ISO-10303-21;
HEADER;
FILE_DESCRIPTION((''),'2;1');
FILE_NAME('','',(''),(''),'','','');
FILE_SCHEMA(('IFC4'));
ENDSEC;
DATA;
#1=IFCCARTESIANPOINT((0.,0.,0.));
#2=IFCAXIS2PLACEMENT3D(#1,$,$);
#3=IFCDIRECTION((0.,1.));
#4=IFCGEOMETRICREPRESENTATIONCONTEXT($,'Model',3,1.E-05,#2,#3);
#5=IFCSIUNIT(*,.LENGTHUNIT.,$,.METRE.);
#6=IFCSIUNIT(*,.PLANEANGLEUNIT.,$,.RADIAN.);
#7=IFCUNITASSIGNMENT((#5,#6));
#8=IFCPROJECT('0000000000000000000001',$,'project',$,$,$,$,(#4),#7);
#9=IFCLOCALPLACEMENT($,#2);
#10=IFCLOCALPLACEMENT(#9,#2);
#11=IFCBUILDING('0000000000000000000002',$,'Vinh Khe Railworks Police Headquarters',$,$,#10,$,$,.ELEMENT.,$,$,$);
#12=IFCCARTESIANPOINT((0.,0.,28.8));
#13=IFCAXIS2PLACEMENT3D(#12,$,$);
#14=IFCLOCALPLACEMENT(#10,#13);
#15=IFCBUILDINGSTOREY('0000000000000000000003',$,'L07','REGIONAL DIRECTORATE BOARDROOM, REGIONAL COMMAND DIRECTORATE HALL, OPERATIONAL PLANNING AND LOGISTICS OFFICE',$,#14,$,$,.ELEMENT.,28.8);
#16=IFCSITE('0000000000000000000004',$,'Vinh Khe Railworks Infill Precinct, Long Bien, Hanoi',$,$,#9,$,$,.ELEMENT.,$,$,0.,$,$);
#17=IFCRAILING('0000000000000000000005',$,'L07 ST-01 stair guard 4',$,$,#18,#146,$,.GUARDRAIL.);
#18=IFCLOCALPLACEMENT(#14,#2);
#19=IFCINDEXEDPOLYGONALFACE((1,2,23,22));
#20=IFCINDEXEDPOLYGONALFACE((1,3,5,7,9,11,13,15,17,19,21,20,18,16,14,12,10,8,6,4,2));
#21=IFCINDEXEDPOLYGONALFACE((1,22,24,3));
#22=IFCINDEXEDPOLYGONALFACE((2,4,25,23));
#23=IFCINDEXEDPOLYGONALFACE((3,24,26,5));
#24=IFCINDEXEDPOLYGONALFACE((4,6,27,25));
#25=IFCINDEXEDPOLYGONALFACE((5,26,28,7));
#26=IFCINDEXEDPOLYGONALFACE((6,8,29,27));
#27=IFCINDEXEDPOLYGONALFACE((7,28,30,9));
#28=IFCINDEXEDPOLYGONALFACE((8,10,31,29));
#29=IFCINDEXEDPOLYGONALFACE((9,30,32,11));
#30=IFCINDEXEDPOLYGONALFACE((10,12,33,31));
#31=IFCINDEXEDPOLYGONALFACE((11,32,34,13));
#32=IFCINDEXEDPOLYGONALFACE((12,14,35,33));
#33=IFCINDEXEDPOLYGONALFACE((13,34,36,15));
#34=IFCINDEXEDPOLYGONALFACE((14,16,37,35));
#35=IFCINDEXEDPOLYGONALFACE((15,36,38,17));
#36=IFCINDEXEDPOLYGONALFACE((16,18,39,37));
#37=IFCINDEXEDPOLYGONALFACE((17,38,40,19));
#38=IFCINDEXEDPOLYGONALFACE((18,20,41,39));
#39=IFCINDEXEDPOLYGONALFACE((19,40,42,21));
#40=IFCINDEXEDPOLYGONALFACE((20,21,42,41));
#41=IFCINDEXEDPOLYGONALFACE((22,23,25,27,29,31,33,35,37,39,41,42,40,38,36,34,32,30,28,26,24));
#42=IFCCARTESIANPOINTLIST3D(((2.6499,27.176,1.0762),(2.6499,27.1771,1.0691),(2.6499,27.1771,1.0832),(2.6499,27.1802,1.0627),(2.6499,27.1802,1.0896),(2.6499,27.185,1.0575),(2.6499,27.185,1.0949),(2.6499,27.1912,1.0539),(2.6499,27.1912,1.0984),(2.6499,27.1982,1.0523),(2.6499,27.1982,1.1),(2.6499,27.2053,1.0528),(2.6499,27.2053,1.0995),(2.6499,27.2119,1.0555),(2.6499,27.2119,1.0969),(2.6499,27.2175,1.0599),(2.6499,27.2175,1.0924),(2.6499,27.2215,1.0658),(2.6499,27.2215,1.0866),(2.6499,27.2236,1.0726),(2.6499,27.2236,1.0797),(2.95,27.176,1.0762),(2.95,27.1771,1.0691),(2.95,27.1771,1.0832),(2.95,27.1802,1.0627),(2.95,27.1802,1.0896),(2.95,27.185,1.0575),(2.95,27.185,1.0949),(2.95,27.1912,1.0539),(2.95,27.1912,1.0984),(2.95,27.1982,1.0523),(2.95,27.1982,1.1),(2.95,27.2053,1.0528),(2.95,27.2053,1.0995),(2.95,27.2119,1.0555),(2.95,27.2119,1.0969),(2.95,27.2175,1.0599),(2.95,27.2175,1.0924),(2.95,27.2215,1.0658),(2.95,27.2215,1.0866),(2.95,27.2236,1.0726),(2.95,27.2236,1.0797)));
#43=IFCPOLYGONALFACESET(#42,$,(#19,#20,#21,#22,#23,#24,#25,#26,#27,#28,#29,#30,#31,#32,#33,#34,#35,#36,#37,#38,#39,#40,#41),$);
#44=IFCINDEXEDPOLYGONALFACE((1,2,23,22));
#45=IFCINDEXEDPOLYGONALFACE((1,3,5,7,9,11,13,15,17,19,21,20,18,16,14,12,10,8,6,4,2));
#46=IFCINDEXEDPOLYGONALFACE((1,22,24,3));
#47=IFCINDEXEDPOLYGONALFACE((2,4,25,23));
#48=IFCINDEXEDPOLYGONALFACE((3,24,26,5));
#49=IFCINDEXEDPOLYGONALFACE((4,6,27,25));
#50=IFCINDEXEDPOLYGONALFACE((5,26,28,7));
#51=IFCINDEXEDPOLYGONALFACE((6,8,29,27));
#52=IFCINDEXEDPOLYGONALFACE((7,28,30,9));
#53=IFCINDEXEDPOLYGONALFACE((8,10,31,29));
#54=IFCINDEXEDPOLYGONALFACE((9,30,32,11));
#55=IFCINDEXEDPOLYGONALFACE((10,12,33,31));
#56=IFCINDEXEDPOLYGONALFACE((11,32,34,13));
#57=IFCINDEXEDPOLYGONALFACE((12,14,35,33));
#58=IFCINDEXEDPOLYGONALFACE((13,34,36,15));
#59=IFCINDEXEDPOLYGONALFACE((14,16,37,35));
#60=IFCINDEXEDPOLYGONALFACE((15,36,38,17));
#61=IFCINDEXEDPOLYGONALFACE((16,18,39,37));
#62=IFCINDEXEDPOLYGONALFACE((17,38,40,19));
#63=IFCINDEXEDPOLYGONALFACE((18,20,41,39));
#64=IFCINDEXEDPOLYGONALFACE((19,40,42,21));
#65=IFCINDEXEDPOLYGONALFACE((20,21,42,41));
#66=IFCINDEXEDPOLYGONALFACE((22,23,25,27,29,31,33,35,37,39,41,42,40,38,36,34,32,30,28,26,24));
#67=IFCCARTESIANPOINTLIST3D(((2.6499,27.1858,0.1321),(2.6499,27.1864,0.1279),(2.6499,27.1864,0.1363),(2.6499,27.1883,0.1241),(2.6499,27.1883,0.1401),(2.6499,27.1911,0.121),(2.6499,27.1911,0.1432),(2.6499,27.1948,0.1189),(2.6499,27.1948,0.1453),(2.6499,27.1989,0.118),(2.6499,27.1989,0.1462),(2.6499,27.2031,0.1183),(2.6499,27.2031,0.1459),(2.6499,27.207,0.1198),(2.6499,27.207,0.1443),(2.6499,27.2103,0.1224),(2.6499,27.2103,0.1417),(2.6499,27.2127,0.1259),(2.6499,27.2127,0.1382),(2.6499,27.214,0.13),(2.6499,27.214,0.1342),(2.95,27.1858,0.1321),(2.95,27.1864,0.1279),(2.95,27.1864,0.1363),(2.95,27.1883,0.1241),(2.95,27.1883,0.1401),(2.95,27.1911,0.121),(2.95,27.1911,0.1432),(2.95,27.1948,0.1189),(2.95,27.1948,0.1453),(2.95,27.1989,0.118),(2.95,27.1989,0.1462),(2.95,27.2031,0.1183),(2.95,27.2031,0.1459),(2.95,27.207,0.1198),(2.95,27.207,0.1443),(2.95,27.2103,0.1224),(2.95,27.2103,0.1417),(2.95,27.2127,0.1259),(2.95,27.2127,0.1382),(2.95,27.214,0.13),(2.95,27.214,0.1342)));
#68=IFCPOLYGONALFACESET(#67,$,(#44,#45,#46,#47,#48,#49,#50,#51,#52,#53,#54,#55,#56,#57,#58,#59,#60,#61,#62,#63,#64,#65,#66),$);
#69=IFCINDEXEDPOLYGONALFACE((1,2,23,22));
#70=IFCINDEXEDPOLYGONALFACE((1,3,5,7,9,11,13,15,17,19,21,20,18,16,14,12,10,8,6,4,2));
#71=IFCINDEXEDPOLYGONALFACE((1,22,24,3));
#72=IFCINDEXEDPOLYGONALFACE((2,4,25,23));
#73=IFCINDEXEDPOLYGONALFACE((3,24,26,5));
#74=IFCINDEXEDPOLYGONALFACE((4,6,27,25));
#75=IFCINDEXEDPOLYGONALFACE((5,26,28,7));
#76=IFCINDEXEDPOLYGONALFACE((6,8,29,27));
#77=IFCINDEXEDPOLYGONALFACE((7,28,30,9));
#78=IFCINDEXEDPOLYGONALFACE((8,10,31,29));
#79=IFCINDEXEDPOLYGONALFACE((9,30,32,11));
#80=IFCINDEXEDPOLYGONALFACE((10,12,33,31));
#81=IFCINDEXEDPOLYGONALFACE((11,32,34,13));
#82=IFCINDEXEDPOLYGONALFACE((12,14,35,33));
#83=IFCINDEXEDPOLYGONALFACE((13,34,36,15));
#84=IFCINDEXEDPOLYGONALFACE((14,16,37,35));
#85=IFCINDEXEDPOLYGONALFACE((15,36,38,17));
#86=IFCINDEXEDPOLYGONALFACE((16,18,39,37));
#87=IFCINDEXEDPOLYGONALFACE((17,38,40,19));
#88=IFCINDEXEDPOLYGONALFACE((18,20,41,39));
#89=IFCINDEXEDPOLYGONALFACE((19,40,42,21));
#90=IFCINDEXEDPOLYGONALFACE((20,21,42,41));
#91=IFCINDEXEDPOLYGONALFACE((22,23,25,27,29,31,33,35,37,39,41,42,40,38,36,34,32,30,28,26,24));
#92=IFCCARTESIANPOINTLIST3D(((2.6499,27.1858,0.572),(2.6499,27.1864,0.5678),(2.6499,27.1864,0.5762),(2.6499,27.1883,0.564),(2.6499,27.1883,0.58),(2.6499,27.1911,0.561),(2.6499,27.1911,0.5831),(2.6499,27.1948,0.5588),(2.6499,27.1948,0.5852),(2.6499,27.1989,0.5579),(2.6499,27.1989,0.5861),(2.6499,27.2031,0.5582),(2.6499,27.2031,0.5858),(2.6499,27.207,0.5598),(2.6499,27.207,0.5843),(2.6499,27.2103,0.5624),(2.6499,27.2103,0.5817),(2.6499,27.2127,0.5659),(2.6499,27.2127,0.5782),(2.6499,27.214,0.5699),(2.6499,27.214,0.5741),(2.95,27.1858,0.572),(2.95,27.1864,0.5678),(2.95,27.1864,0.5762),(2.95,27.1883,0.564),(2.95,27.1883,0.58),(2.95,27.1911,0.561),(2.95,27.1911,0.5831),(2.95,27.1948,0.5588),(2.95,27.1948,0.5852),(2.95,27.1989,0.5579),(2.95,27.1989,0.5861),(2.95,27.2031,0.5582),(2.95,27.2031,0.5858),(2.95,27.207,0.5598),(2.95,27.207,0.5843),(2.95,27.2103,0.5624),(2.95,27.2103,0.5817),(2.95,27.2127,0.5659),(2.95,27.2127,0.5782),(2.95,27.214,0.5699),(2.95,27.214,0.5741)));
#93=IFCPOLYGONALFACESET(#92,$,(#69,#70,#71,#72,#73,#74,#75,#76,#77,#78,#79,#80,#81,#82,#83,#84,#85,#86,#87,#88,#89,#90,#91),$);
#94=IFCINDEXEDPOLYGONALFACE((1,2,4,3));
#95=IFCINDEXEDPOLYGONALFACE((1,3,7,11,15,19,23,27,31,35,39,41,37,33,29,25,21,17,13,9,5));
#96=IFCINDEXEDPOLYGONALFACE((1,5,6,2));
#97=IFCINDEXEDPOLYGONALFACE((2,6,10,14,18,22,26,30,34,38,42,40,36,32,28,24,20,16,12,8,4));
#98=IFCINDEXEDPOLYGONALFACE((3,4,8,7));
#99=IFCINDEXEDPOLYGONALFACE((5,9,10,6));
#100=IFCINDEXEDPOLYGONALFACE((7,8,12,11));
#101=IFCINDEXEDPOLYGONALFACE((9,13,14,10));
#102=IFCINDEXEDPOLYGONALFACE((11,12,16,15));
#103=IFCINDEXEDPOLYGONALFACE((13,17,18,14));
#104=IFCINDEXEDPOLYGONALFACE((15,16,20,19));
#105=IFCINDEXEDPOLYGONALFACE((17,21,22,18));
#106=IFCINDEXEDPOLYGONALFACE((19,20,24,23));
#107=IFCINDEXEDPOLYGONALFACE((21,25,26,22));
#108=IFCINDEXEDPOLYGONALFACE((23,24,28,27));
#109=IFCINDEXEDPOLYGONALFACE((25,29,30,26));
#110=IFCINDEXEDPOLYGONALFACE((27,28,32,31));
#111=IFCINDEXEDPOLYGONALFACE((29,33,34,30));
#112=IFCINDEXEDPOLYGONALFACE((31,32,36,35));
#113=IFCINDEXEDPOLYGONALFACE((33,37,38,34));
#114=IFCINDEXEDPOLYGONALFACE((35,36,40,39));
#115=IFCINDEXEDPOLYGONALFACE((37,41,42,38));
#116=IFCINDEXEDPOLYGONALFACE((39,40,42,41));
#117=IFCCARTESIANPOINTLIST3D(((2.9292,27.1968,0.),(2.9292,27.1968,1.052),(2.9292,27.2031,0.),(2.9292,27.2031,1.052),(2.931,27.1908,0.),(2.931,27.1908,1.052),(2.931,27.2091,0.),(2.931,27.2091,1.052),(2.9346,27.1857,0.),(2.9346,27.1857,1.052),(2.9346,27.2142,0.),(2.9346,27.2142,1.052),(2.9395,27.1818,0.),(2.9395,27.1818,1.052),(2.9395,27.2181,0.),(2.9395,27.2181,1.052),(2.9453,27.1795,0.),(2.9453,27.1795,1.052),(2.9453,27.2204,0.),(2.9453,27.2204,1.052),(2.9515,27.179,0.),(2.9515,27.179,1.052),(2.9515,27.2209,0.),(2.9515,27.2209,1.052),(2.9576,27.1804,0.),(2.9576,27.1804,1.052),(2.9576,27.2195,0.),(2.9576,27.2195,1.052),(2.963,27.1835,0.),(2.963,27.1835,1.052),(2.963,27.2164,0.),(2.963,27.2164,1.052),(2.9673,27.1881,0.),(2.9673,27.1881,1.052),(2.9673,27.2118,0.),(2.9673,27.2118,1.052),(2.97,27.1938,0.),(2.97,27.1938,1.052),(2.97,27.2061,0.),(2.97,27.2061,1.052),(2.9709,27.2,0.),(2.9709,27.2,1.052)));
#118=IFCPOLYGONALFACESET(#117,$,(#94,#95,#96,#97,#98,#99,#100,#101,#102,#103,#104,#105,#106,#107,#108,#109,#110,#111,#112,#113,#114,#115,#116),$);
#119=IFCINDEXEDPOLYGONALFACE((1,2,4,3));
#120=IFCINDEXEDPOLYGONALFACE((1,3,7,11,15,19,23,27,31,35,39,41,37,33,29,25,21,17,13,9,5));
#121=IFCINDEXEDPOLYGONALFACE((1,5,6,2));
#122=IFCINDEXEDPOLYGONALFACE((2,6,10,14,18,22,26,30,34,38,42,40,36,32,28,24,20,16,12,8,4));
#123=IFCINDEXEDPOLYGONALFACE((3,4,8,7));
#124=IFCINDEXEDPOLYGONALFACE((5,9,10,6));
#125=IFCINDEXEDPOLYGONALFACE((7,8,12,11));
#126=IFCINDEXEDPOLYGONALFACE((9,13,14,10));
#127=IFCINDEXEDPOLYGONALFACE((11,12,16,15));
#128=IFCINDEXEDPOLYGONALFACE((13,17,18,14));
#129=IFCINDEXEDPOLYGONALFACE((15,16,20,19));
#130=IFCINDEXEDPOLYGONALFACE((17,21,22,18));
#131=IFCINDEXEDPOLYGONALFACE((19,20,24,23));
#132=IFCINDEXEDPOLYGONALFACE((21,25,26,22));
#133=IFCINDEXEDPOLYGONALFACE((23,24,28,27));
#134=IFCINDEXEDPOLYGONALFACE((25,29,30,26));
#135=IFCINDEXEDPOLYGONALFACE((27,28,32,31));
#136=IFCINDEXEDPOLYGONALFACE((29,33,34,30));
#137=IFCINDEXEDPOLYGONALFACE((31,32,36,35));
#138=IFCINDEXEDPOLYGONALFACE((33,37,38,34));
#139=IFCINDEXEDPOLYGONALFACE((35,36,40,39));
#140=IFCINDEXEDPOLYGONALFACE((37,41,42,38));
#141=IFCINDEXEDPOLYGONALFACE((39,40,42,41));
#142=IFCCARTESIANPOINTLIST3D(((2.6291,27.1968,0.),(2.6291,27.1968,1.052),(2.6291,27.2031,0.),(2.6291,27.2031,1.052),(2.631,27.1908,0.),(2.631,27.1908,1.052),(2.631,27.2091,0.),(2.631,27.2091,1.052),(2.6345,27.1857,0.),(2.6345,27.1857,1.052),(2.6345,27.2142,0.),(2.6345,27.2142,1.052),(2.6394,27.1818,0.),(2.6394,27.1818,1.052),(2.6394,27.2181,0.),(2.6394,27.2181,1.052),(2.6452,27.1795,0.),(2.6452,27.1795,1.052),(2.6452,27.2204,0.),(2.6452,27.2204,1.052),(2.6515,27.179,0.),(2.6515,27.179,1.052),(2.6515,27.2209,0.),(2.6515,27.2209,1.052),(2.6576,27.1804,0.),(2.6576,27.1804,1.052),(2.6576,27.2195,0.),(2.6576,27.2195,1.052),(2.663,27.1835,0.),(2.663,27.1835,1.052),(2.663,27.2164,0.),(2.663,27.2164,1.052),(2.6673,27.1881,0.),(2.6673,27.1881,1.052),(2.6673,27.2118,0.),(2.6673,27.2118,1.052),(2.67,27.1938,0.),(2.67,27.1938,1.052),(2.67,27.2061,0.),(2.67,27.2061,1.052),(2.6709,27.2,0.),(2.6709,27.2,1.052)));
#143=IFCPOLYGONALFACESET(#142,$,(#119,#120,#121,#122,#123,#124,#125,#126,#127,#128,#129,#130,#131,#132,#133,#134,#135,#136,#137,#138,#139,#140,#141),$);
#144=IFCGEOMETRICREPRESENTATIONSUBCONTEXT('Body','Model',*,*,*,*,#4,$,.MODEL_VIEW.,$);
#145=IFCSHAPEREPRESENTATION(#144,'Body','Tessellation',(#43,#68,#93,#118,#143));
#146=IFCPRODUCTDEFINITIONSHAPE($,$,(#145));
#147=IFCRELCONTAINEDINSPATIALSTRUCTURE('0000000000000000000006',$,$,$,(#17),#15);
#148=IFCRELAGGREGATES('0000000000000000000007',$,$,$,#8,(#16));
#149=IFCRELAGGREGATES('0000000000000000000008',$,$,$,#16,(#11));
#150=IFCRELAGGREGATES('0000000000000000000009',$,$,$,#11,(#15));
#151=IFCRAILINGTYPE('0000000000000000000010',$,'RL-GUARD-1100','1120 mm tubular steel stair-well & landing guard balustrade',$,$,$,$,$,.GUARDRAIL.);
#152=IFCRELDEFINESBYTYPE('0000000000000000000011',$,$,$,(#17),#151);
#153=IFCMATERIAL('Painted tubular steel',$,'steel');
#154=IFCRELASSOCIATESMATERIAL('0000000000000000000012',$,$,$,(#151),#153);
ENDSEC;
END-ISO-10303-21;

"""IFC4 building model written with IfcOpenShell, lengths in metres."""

from ifc_helpers import new_model, si_unit, direction, frame, origin, origin_2d, place, context, subcontext, project, spatial, circle, extrude, material, type_object, element, save


model = new_model("IFC4")

# Units and contexts
model_context = context("Model", 3, precision=1e-05, world=origin(), true_north=direction((0.0, 1.0)))
body_context = subcontext(model_context, "Body", "Model", "MODEL_VIEW")
ifc_project = project(units=[si_unit("LENGTHUNIT", "METRE"), si_unit("PLANEANGLEUNIT", "RADIAN")], contexts=[model_context])

# Site, building, storey
site_placement = place(None, origin())
site = spatial("IfcSite", under=ifc_project, at=site_placement, Name="Vinh Khe Railworks Infill Precinct, Long Bien, Hanoi", CompositionType="ELEMENT", RefElevation=0.0)
building_placement = place(site_placement, origin())
building = spatial("IfcBuilding", under=site, at=building_placement, Name="Vinh Khe Railworks Police Headquarters", CompositionType="ELEMENT")
storey_placement = place(building_placement, frame((0.0, 0.0, 28.8)))
storey = spatial("IfcBuildingStorey", under=building, at=storey_placement, Name="L07", Description="REGIONAL DIRECTORATE BOARDROOM, REGIONAL COMMAND DIRECTORATE HALL, OPERATIONAL PLANNING AND LOGISTICS OFFICE", CompositionType="ELEMENT", Elevation=28.8)

# Railing
ifc_material_1 = material(Name="Painted tubular steel", Category="steel")
railing_type_1 = type_object("IfcRailingType", Name="RL-GUARD-1100", Description="1120 mm tubular steel stair-well & landing guard balustrade", PredefinedType="GUARDRAIL", material=ifc_material_1)
railing_1_placement = place(storey_placement, frame((2.95, 27.2, 0.0)))
element("IfcRailing", 1, at=railing_1_placement, inside=storey, type_object=railing_type_1, Name="L07 ST-01 stair guard 4", PredefinedType="GUARDRAIL", context=body_context, shape_type="SweptSolid", body=[
    extrude(circle(Radius=0.0239, at=origin_2d()), frame((0.0, 0.0, 1.0762), z_axis=(-1.0, 0.0, 0.0), x_axis=(0.0, -1.0, 0.0)), (0.0, 0.0, 1.0), 0.3),
    extrude(circle(Radius=0.0142, at=origin_2d()), frame((0.0, 0.0, 0.1321), z_axis=(-1.0, 0.0, 0.0), x_axis=(0.0, -1.0, 0.0)), (0.0, 0.0, 1.0), 0.3),
    extrude(circle(Radius=0.0142, at=origin_2d()), frame((0.0, 0.0, 0.572), z_axis=(-1.0, 0.0, 0.0), x_axis=(0.0, -1.0, 0.0)), (0.0, 0.0, 1.0), 0.3),
    extrude(circle(Radius=0.021, at=origin_2d()), origin(), (0.0, 0.0, 1.0), 1.052),
    extrude(circle(Radius=0.021, at=origin_2d()), frame((-0.3, 0.0, 0.0)), (0.0, 0.0, 1.0), 1.052),
])

save(model, "model.ifc")
